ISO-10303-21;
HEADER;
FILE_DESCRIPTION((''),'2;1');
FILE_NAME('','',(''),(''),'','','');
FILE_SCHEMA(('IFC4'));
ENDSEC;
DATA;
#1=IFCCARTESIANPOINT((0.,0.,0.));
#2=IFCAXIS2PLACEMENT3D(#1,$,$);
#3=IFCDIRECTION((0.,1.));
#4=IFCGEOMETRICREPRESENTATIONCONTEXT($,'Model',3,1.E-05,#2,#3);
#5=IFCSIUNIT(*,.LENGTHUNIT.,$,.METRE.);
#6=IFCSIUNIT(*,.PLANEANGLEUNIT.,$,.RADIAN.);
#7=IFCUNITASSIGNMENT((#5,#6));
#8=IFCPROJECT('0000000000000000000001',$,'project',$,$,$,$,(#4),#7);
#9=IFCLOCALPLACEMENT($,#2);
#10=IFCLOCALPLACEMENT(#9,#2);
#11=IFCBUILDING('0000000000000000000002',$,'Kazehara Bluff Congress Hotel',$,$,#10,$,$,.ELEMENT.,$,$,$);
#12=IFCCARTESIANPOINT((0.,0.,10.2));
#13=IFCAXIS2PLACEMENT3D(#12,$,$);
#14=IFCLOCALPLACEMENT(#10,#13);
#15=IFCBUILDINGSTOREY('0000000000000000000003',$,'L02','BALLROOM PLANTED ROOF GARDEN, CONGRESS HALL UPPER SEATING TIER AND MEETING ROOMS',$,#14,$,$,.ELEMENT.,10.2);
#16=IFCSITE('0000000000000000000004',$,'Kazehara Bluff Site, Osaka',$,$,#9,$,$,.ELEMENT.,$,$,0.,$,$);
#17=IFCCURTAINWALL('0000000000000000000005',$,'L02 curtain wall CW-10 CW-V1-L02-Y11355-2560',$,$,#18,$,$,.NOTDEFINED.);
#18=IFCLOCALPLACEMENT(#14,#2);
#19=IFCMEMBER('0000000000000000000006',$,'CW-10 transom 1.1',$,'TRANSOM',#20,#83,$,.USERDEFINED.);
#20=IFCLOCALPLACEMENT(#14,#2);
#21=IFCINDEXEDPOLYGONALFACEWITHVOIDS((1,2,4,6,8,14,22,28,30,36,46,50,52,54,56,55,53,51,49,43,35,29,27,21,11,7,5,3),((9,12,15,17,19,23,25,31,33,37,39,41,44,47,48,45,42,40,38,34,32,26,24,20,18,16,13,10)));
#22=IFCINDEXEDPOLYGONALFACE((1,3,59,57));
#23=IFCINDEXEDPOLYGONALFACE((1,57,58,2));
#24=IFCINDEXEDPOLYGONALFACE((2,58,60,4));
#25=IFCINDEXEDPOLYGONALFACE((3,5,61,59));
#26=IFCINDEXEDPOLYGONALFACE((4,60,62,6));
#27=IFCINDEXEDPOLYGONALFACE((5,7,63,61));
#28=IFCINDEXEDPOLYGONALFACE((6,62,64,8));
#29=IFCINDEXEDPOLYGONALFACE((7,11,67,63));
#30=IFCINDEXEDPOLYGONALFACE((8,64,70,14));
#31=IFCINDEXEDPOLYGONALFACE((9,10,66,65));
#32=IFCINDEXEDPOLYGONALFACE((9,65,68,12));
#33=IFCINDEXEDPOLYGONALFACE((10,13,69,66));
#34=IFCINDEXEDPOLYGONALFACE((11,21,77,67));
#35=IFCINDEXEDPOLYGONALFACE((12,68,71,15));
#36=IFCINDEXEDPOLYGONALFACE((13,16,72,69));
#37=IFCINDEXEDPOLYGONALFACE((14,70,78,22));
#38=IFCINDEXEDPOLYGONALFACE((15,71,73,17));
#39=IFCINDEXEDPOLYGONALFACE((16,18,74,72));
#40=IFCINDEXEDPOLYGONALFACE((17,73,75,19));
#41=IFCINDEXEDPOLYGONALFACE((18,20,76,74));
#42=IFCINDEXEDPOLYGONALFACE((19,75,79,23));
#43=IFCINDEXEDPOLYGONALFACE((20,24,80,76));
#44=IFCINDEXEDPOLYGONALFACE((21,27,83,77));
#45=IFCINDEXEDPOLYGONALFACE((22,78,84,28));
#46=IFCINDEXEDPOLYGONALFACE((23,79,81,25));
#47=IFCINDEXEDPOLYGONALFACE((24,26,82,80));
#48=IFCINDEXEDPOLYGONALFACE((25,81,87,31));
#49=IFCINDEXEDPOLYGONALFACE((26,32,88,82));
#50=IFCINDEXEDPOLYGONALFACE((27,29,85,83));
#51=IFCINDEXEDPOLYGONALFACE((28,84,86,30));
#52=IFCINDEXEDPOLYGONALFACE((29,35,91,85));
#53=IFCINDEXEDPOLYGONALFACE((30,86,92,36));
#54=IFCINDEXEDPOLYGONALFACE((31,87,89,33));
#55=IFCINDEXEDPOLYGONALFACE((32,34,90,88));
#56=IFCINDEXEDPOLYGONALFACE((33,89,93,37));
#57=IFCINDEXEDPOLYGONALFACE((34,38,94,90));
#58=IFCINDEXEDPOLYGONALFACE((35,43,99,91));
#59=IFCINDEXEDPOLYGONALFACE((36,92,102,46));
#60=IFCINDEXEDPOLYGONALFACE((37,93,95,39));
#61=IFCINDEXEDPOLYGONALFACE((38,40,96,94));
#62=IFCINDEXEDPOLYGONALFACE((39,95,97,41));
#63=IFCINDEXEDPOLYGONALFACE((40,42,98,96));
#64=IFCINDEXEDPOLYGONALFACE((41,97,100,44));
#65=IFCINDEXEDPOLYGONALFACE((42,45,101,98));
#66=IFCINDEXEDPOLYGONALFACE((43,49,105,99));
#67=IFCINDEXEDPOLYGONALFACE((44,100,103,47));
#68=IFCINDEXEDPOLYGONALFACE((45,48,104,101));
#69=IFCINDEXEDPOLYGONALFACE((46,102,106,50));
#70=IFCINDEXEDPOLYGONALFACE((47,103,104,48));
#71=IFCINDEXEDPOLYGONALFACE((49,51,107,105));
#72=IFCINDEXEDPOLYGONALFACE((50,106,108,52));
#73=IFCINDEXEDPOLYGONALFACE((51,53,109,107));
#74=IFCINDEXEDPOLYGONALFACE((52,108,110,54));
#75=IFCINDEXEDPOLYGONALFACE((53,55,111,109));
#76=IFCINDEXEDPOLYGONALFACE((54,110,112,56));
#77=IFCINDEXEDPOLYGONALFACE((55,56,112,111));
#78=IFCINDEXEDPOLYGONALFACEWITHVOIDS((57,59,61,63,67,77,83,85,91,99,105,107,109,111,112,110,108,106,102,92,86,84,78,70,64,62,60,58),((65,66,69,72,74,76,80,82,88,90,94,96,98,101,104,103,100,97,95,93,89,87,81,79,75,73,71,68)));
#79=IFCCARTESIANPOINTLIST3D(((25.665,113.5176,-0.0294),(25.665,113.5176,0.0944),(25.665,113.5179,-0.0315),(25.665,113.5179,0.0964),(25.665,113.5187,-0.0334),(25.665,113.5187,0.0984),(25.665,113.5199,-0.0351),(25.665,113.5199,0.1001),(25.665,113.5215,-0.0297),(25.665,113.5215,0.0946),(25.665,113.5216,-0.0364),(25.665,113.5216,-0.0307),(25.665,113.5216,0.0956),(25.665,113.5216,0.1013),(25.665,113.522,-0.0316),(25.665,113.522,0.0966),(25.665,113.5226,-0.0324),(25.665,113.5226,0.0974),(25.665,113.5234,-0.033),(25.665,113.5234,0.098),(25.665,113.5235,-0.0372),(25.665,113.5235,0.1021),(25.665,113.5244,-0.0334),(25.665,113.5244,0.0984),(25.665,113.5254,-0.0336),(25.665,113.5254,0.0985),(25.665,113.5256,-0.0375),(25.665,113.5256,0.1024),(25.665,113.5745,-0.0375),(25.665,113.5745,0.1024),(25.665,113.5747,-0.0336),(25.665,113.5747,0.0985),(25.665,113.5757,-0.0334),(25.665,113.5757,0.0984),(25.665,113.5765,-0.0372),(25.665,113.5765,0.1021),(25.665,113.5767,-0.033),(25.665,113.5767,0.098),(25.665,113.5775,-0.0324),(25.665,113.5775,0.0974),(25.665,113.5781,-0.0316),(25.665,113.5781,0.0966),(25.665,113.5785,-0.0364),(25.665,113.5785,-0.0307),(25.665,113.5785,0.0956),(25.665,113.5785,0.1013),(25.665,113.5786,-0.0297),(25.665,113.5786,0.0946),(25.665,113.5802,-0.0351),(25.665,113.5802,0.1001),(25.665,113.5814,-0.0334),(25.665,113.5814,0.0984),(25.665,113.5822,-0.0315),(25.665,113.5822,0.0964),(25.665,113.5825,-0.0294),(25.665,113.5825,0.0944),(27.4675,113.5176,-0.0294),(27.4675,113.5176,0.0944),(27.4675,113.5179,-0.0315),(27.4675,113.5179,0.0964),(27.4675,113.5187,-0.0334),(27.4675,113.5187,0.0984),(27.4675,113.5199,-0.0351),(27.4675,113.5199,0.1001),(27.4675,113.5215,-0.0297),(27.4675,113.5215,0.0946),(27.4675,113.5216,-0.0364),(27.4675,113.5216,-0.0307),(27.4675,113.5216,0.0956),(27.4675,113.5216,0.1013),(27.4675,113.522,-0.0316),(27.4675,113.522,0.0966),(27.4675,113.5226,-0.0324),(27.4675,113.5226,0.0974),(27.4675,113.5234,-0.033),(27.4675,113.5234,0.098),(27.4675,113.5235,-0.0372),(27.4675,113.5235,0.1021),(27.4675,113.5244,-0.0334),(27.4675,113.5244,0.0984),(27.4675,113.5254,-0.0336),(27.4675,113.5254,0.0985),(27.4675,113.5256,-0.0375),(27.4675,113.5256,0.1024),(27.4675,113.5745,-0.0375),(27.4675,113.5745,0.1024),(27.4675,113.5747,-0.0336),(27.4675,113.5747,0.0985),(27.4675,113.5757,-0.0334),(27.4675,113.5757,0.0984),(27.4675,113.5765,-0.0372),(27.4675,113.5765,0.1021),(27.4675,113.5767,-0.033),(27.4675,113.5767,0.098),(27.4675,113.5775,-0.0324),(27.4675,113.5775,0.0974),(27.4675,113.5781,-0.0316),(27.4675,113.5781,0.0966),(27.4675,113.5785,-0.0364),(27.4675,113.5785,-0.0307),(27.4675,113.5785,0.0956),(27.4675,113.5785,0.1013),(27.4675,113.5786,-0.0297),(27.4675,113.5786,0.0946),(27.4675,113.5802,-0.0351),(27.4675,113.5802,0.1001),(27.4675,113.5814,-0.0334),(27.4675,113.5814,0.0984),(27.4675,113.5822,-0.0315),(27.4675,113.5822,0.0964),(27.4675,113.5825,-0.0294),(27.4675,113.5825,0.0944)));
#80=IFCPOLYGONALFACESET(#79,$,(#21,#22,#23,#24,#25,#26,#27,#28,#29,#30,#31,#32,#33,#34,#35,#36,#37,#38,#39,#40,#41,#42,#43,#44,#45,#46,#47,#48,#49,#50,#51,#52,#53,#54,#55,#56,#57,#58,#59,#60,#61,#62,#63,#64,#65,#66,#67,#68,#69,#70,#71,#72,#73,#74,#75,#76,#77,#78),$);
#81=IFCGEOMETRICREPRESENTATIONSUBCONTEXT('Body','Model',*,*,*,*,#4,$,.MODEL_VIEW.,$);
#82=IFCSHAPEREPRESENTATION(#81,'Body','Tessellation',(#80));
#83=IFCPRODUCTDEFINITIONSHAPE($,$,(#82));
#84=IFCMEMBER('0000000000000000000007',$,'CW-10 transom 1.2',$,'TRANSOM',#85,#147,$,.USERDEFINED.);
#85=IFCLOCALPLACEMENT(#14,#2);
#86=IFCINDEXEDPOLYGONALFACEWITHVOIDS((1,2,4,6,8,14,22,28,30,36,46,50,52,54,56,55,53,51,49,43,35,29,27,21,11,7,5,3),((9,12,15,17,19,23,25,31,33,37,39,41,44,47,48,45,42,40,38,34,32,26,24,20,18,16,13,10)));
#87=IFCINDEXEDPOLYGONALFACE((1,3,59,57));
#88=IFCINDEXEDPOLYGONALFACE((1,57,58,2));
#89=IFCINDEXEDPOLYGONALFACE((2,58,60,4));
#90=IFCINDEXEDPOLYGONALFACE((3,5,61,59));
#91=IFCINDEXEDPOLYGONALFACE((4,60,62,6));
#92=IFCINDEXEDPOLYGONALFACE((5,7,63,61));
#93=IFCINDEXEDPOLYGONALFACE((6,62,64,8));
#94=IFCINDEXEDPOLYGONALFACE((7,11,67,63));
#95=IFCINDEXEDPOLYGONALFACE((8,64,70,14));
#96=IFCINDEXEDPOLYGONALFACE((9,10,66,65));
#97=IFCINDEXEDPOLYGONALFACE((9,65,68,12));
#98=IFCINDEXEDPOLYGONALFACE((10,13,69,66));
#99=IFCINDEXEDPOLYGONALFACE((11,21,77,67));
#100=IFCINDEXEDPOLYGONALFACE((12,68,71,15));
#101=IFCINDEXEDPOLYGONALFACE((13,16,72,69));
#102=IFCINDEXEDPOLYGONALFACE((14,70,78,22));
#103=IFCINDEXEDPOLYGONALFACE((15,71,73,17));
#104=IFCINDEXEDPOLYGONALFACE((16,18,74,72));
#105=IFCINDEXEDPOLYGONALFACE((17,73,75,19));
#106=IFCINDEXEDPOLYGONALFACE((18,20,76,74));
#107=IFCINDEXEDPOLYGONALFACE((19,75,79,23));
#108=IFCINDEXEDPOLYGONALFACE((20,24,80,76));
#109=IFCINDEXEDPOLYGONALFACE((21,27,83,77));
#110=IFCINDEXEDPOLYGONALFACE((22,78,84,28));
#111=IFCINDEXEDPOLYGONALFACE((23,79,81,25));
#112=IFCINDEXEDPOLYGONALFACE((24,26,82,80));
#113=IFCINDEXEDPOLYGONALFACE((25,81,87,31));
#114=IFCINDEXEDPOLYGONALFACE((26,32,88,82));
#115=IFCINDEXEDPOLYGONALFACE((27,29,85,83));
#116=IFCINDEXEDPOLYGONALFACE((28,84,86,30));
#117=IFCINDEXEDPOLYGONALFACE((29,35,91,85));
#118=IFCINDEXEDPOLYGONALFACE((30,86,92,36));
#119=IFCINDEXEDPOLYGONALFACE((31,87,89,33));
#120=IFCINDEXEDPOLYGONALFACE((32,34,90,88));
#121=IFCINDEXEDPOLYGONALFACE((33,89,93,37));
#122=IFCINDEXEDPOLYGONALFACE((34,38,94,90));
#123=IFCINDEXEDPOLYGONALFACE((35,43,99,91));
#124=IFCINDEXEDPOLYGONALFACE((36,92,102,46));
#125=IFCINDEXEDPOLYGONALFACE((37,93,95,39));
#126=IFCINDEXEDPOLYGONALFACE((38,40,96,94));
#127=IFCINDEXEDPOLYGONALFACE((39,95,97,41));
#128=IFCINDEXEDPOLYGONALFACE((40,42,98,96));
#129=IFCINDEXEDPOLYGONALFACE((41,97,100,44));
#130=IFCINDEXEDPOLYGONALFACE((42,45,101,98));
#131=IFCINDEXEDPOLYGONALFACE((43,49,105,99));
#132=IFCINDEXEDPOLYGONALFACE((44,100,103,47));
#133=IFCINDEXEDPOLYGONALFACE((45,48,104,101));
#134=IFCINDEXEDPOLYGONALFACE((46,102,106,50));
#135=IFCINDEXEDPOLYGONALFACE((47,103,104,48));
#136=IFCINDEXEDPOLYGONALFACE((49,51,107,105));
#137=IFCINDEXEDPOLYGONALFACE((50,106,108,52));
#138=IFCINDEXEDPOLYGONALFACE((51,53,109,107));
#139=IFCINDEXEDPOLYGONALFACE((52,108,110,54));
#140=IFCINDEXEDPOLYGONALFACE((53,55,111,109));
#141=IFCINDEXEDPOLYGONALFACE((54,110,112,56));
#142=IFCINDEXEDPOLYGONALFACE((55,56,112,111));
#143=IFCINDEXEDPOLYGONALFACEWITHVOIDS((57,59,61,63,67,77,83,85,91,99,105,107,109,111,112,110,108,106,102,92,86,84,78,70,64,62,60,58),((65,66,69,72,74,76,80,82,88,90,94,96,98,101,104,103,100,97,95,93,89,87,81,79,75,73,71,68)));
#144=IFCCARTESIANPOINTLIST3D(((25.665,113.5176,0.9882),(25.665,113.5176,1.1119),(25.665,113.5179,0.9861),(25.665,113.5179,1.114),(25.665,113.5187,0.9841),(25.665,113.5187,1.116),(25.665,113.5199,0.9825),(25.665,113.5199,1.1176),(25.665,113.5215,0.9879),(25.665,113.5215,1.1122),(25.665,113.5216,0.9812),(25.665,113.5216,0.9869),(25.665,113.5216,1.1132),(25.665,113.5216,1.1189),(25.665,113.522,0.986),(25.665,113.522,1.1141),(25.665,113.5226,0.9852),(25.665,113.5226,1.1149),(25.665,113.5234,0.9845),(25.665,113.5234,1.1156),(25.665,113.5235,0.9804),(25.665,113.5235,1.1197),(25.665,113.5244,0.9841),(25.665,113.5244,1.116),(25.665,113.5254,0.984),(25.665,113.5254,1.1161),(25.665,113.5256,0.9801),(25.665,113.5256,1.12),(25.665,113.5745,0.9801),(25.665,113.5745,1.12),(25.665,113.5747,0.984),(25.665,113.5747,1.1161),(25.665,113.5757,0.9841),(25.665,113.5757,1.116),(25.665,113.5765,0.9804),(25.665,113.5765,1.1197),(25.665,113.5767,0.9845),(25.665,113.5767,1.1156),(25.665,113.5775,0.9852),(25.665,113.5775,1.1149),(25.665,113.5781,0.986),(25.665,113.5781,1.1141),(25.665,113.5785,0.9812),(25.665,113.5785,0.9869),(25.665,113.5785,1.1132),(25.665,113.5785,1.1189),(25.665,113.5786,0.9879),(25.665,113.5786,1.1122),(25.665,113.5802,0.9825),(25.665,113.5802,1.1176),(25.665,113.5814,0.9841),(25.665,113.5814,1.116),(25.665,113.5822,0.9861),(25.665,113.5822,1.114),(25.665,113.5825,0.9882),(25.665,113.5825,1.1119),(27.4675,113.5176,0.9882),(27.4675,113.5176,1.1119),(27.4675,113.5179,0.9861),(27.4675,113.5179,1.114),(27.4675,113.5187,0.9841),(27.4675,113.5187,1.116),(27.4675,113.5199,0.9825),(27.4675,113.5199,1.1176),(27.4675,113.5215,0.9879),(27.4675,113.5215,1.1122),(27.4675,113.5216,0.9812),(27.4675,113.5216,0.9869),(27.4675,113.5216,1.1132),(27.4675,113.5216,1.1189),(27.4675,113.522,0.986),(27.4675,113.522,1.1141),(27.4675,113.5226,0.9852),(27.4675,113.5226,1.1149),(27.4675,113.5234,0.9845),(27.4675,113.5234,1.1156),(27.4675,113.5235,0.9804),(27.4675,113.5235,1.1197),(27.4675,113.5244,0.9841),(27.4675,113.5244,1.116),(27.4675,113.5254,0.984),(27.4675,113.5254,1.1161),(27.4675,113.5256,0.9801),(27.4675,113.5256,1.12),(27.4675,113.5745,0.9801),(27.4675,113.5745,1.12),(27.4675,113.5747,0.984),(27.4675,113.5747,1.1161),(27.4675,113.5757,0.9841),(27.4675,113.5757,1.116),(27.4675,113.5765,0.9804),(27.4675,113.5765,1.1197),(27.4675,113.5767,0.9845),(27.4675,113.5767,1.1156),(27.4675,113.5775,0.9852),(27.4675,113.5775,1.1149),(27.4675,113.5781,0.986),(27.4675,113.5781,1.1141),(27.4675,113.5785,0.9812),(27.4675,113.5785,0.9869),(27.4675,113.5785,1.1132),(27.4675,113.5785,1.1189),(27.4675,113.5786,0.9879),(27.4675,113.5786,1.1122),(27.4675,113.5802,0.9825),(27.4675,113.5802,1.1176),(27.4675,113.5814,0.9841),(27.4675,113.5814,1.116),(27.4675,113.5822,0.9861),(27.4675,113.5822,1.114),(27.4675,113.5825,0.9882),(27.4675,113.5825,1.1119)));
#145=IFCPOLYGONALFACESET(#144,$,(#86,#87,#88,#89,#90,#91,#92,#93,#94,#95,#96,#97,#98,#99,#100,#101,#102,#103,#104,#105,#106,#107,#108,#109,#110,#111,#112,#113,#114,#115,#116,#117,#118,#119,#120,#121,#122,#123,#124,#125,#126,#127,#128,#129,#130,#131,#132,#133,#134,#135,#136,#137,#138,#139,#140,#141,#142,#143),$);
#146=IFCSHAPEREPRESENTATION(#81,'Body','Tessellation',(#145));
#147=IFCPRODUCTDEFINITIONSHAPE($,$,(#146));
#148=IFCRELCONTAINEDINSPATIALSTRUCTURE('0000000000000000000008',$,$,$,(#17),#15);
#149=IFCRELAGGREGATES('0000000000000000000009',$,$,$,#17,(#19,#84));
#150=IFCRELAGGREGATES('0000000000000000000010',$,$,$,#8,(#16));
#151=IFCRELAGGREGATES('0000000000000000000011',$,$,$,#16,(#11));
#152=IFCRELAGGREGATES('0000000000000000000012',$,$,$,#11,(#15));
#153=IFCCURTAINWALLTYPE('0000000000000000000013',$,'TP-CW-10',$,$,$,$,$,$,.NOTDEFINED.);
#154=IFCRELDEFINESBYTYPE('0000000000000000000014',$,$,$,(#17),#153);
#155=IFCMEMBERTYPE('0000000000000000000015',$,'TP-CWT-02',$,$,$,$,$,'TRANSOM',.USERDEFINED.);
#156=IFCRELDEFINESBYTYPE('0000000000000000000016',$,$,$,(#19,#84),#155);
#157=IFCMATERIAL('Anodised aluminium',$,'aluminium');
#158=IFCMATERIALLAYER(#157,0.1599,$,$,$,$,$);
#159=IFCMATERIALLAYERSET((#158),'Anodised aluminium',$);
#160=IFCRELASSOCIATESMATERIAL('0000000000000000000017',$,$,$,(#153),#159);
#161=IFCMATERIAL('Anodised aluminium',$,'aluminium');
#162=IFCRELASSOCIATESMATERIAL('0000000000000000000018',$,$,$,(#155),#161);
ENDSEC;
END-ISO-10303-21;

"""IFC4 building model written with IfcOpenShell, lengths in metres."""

from ifc_helpers import new_model, si_unit, direction, frame, origin, origin_2d, place, context, subcontext, project, spatial, hollow_rectangle, extrude, material, layer, layer_set, material_profile, profile_set, type_object, element, aggregate, save


model = new_model("IFC4")

# Units and contexts
model_context = context("Model", 3, precision=1e-05, world=origin(), true_north=direction((0.0, 1.0)))
body_context = subcontext(model_context, "Body", "Model", "MODEL_VIEW")
ifc_project = project(units=[si_unit("LENGTHUNIT", "METRE"), si_unit("PLANEANGLEUNIT", "RADIAN")], contexts=[model_context])

# Site, building, storey
site_placement = place(None, origin())
site = spatial("IfcSite", under=ifc_project, at=site_placement, Name="Kazehara Bluff Site, Osaka", CompositionType="ELEMENT", RefElevation=0.0)
building_placement = place(site_placement, origin())
building = spatial("IfcBuilding", under=site, at=building_placement, Name="Kazehara Bluff Congress Hotel", CompositionType="ELEMENT")
storey_placement = place(building_placement, frame((0.0, 0.0, 10.2)))
storey = spatial("IfcBuildingStorey", under=building, at=storey_placement, Name="L02", Description="BALLROOM PLANTED ROOF GARDEN, CONGRESS HALL UPPER SEATING TIER AND MEETING ROOMS", CompositionType="ELEMENT", Elevation=10.2)

# Curtain wall
ifc_material_1 = material(Name="Anodised aluminium", Category="aluminium")
ifc_layer_1 = layer(ifc_material_1, 0.1599)
ifc_layer_set_1 = layer_set([ifc_layer_1], Name="Anodised aluminium")
curtain_wall_type_1 = type_object("IfcCurtainWallType", Name="TP-CW-10", PredefinedType="NOTDEFINED", material=ifc_layer_set_1)
curtain_wall_1_placement = place(storey_placement, origin())
curtain_wall_1 = element("IfcCurtainWall", 1, at=curtain_wall_1_placement, inside=storey, type_object=curtain_wall_type_1, Name="L02 curtain wall CW-10 CW-V1-L02-Y11355-2560", PredefinedType="NOTDEFINED")

# Members
ifc_material_2 = material(Name="Anodised aluminium", Category="aluminium")
ifc_material_profile_1 = material_profile(ifc_material_2, hollow_rectangle(XDim=0.0649, YDim=0.1399, WallThickness=0.0039, InnerFilletRadius=0.0039, OuterFilletRadius=0.0081, at=origin_2d()))
ifc_profile_set_1 = profile_set([ifc_material_profile_1], Name="Anodised aluminium")
member_type_1 = type_object("IfcMemberType", Name="TP-CWT-02", ElementType="TRANSOM", PredefinedType="USERDEFINED", material=ifc_profile_set_1)
member_1_placement = place(storey_placement, frame((25.665, 113.55, 0.0325), z_axis=(1.0, 0.0, 0.0), x_axis=(0.0, 1.0, 0.0)))
member_1 = element("IfcMember", 2, at=member_1_placement, type_object=member_type_1, Name="CW-10 transom 1.1", ObjectType="TRANSOM", PredefinedType="USERDEFINED", context=body_context, shape_type="SweptSolid", body=[
    extrude(hollow_rectangle(XDim=0.0649, YDim=0.1399, WallThickness=0.0039, InnerFilletRadius=0.0039, OuterFilletRadius=0.0081, at=origin_2d()), origin(), (0.0, 0.0, 1.0), 1.8025),
])
member_2_placement = place(storey_placement, frame((25.665, 113.55, 1.05), z_axis=(1.0, 0.0, 0.0), x_axis=(0.0, 1.0, 0.0)))
member_2 = element("IfcMember", 3, at=member_2_placement, type_object=member_type_1, Name="CW-10 transom 1.2", ObjectType="TRANSOM", PredefinedType="USERDEFINED", context=body_context, shape_type="SweptSolid", body=[
    extrude(hollow_rectangle(XDim=0.0649, YDim=0.1399, WallThickness=0.0039, InnerFilletRadius=0.0039, OuterFilletRadius=0.0081, at=origin_2d()), origin(), (0.0, 0.0, 1.0), 1.8025),
])

aggregate(curtain_wall_1, [member_1, member_2])

save(model, "model.ifc")
